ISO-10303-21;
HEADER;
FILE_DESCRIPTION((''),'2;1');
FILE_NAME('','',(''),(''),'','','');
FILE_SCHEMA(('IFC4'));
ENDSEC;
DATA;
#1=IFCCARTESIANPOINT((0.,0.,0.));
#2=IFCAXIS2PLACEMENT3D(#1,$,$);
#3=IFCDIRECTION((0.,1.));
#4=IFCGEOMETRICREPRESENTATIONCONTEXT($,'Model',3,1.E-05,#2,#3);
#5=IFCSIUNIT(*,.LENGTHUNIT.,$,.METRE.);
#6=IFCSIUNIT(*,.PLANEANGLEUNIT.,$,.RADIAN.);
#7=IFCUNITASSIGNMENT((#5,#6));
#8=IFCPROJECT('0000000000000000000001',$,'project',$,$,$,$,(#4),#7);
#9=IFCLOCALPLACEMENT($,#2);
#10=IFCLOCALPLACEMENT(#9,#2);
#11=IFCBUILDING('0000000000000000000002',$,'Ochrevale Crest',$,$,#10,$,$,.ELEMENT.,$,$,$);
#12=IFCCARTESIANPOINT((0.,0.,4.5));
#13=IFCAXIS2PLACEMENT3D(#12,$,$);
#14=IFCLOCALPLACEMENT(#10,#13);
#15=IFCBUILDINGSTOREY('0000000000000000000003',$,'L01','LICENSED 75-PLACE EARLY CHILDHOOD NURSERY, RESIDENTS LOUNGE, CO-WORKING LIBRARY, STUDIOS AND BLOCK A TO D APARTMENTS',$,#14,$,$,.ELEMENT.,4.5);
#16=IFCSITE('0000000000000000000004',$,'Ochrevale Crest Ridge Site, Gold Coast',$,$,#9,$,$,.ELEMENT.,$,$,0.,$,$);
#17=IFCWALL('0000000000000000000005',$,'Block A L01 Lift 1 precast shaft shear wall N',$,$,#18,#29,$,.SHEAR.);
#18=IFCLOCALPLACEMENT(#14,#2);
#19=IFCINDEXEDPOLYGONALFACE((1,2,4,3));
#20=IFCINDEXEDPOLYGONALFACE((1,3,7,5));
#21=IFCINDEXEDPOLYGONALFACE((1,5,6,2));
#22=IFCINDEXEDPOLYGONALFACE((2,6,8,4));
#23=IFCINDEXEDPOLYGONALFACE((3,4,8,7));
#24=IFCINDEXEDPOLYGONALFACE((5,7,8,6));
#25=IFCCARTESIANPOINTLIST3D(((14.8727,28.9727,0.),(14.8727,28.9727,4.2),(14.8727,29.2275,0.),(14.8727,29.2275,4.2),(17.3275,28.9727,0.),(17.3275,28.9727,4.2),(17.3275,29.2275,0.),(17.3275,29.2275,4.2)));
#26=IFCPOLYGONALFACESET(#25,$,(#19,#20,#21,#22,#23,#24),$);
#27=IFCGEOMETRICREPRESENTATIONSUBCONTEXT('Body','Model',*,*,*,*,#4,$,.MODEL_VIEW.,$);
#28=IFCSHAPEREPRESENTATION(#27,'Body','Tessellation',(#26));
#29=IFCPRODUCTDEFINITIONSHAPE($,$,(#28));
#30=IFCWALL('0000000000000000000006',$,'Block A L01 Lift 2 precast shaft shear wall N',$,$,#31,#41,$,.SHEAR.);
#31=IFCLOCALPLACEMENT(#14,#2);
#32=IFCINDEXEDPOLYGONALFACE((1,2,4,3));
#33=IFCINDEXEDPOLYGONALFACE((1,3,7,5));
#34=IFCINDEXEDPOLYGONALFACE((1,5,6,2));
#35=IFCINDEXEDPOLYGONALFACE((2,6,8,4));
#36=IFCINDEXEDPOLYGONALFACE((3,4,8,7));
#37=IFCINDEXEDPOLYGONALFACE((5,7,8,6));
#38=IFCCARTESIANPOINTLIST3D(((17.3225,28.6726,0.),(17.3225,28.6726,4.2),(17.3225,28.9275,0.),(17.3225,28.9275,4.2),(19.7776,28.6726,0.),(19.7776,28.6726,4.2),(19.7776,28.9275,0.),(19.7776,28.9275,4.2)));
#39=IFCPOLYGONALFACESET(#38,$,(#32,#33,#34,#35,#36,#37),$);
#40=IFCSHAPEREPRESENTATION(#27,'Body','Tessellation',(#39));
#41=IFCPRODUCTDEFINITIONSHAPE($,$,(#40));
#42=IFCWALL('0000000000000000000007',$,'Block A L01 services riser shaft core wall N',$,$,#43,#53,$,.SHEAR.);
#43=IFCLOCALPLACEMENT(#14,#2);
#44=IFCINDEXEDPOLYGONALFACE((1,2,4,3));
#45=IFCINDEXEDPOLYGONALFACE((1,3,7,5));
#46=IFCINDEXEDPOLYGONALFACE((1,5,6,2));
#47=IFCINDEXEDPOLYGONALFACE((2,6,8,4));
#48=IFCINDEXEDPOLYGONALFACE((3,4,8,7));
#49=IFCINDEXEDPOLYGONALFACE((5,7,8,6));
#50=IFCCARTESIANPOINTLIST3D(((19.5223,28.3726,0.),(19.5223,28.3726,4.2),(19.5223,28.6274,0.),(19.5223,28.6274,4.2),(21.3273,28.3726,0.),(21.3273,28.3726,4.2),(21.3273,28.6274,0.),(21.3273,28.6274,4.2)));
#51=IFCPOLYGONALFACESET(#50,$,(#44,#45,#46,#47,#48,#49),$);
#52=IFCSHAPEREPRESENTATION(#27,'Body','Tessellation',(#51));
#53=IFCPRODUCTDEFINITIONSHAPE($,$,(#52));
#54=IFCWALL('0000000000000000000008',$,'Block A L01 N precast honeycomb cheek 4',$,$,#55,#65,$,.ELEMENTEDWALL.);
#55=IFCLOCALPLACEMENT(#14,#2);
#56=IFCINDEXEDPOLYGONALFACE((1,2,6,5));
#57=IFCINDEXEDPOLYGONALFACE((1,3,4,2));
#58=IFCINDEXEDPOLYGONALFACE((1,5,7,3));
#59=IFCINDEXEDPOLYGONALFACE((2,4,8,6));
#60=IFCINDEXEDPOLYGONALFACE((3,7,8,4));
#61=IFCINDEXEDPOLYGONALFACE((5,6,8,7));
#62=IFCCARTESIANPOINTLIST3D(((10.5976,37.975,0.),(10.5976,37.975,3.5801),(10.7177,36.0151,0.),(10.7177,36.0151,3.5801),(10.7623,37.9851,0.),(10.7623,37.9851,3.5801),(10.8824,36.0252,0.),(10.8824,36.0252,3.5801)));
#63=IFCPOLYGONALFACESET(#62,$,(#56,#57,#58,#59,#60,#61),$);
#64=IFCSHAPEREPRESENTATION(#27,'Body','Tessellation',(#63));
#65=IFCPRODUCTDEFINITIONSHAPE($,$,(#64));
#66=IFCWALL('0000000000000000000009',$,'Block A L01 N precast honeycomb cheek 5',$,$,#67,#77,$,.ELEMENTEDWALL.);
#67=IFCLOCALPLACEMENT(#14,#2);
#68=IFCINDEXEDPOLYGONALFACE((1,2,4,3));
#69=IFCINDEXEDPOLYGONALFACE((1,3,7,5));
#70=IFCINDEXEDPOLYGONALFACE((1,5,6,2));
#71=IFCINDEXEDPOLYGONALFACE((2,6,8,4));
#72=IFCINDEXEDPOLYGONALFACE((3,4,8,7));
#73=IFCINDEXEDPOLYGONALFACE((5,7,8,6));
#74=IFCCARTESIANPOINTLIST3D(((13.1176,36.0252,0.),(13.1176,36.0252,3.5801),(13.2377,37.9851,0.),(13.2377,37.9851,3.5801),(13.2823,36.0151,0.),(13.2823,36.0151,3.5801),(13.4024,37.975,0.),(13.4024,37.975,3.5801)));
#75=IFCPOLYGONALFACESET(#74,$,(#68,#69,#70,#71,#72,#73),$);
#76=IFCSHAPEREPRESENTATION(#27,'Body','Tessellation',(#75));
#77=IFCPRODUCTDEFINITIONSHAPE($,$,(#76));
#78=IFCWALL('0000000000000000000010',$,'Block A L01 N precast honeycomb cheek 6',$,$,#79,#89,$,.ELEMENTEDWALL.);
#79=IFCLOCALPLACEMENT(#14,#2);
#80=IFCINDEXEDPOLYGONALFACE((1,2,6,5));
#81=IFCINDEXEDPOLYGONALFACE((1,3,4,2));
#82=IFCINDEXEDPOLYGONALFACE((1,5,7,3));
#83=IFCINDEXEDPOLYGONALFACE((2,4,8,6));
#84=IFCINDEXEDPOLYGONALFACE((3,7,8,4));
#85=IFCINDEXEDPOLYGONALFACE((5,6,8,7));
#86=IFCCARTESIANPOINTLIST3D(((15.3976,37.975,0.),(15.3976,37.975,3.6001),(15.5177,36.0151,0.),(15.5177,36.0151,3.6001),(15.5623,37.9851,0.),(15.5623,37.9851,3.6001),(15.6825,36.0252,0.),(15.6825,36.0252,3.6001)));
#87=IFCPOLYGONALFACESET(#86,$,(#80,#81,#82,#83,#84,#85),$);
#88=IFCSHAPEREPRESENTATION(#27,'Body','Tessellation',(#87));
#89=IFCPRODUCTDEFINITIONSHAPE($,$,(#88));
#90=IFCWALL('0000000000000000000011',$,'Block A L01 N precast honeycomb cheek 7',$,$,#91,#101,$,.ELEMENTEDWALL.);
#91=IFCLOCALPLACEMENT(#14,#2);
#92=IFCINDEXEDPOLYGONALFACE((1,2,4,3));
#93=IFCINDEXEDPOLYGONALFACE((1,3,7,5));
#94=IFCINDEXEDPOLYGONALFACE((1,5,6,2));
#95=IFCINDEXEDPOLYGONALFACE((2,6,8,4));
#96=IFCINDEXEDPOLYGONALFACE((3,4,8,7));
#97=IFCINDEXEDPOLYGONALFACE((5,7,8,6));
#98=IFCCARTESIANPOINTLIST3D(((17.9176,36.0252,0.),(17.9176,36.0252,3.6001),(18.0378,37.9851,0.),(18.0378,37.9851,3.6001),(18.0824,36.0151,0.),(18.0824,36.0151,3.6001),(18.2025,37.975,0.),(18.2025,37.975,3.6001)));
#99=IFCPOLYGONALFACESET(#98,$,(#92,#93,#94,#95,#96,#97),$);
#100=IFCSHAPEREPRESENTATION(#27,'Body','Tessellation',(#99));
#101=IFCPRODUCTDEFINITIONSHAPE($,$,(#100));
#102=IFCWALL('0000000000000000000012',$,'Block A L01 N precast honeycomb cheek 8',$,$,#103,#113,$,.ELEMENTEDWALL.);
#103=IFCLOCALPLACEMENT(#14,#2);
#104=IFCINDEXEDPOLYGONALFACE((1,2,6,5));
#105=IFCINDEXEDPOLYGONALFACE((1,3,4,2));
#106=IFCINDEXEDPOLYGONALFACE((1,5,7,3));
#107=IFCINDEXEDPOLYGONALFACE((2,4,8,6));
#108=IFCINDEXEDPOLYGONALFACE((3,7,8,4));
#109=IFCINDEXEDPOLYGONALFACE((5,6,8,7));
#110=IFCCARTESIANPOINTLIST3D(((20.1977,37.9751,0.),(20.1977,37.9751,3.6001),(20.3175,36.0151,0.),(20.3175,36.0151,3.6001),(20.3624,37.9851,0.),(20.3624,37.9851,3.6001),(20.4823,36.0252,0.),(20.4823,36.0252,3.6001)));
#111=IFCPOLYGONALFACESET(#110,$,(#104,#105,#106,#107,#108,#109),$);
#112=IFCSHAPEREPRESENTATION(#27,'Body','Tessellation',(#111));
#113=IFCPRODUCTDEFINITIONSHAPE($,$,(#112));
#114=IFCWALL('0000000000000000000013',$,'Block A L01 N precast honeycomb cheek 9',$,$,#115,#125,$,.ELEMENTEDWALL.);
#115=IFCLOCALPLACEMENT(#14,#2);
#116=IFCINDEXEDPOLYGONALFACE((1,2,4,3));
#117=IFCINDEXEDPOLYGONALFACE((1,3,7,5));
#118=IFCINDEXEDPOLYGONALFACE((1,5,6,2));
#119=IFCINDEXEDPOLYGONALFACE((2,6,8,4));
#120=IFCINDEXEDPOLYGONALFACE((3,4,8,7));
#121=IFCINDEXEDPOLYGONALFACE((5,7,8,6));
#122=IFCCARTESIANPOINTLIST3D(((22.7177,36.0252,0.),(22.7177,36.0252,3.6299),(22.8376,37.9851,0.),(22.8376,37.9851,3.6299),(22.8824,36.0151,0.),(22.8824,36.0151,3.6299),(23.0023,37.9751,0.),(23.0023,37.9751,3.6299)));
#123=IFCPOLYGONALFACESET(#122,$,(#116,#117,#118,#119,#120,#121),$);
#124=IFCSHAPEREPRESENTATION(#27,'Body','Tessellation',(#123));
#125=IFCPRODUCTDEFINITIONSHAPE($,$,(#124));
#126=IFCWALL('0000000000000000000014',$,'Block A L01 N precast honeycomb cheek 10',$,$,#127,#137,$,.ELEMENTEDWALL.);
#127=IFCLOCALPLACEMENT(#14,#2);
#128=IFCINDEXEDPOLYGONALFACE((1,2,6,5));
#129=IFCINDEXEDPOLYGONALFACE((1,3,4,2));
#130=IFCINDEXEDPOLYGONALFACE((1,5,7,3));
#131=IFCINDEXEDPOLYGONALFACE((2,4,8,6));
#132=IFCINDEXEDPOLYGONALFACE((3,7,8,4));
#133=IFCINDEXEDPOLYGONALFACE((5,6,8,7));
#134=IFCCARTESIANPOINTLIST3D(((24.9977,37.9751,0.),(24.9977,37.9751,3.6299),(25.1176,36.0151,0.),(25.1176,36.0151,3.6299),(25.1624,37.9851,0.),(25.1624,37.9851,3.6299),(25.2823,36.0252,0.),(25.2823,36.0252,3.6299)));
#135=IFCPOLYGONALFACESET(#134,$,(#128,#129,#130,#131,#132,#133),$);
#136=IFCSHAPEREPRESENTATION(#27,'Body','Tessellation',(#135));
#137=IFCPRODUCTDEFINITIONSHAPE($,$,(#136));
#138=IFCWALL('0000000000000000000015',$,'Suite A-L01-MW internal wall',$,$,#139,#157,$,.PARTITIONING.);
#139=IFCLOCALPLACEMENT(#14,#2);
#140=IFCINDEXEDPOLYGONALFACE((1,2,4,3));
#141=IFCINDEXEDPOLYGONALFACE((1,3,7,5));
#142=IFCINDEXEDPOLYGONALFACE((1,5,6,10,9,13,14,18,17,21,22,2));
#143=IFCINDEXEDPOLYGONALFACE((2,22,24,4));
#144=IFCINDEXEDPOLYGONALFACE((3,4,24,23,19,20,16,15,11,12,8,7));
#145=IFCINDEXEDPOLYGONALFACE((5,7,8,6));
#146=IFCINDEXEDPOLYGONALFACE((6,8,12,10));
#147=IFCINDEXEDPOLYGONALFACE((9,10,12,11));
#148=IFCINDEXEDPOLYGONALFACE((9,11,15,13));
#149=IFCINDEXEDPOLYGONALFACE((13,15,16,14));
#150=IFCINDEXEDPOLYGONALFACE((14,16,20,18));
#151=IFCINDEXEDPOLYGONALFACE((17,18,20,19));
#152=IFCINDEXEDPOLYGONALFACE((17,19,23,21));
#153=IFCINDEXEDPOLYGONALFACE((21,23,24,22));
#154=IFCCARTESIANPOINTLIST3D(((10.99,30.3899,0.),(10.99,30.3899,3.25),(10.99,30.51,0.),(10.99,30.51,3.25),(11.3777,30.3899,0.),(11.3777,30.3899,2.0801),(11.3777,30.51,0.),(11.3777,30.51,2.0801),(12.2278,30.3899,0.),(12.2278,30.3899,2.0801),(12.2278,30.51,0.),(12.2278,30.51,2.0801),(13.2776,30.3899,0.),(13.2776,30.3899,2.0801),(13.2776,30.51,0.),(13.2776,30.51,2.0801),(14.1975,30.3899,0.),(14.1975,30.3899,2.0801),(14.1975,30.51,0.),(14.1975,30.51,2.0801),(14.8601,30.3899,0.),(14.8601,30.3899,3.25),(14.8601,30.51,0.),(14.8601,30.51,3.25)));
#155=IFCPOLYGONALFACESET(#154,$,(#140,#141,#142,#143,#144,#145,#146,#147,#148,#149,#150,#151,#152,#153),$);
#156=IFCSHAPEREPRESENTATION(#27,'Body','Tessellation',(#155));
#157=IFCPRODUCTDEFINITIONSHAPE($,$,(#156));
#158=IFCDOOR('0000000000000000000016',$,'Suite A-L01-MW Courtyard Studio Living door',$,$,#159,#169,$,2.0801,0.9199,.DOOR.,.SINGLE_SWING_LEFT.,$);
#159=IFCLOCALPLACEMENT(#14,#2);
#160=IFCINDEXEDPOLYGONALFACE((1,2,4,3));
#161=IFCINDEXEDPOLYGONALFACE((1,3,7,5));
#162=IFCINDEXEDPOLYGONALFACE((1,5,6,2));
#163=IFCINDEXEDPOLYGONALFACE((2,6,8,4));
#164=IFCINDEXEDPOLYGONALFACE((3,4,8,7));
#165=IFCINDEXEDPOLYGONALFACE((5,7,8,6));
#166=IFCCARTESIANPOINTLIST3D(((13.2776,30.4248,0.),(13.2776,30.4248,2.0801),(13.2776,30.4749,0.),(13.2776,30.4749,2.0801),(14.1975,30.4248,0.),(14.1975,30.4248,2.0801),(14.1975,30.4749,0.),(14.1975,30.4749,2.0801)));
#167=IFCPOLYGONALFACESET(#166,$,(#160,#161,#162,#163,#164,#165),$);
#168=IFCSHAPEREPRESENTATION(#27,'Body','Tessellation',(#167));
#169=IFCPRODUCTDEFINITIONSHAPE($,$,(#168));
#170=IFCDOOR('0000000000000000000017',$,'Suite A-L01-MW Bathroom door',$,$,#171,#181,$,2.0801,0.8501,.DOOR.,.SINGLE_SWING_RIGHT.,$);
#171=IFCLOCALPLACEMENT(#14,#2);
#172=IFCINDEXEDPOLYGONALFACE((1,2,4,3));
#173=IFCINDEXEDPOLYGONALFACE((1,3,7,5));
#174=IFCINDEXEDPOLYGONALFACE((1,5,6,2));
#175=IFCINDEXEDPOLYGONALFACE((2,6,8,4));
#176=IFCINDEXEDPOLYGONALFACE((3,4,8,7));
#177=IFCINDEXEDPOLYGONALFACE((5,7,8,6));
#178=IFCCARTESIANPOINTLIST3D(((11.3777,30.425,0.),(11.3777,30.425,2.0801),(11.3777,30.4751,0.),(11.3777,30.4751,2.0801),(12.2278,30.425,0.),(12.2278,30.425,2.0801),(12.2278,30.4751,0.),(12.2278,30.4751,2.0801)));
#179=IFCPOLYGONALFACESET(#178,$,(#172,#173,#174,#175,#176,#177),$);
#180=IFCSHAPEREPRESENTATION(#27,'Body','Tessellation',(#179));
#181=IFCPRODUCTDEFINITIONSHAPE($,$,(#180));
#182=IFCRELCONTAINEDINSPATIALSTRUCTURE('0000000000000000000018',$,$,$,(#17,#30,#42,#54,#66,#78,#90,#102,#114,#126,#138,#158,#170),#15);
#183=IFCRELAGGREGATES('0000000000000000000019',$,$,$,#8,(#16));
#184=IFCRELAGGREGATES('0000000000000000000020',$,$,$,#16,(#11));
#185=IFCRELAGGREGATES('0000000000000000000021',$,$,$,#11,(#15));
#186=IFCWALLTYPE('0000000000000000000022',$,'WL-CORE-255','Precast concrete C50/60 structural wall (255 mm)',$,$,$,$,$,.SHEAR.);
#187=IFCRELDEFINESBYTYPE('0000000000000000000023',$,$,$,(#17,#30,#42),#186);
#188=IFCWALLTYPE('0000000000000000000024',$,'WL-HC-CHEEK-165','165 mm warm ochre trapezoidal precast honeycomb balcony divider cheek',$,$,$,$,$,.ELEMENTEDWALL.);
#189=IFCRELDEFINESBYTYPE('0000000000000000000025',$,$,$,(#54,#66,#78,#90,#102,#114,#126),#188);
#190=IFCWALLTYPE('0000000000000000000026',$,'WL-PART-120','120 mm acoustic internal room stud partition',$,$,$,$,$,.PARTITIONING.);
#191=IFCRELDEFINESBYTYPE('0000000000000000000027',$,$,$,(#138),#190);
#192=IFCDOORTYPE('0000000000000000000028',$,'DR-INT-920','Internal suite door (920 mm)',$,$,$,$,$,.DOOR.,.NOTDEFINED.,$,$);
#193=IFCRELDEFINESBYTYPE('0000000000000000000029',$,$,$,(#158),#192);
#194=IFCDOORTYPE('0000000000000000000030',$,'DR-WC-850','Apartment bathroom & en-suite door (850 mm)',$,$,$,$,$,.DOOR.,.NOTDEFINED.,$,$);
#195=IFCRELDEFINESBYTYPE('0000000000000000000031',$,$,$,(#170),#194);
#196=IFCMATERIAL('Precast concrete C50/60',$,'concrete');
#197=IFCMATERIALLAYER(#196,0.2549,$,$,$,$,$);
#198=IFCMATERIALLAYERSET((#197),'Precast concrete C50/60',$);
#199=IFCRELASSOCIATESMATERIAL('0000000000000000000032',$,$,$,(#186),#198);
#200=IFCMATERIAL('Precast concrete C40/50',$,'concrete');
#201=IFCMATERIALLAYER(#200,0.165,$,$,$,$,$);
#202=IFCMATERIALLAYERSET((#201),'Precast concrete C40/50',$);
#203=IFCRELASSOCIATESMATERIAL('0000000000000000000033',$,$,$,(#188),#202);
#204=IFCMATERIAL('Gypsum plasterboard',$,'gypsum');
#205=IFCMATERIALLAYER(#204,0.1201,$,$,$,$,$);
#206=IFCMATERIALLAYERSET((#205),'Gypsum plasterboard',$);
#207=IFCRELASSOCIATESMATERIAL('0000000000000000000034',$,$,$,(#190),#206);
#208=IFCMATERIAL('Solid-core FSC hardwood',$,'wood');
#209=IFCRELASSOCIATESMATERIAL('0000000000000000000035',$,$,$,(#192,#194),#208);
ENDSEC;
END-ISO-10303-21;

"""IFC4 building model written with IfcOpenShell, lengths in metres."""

from ifc_helpers import new_model, si_unit, direction, frame, frame_2d, origin, place, context, subcontext, project, spatial, rectangle, extrude, material, layer, layer_set, type_object, element, fill, save


model = new_model("IFC4")

# Units and contexts
model_context = context("Model", 3, precision=1e-05, world=origin(), true_north=direction((0.0, 1.0)))
body_context = subcontext(model_context, "Body", "Model", "MODEL_VIEW")
ifc_project = project(units=[si_unit("LENGTHUNIT", "METRE"), si_unit("PLANEANGLEUNIT", "RADIAN")], contexts=[model_context])

# Site, building, storey
site_placement = place(None, origin())
site = spatial("IfcSite", under=ifc_project, at=site_placement, Name="Ochrevale Crest Ridge Site, Gold Coast", CompositionType="ELEMENT", RefElevation=0.0)
building_placement = place(site_placement, origin())
building = spatial("IfcBuilding", under=site, at=building_placement, Name="Ochrevale Crest", CompositionType="ELEMENT")
storey_placement = place(building_placement, frame((0.0, 0.0, 4.5)))
storey = spatial("IfcBuildingStorey", under=building, at=storey_placement, Name="L01", Description="LICENSED 75-PLACE EARLY CHILDHOOD NURSERY, RESIDENTS LOUNGE, CO-WORKING LIBRARY, STUDIOS AND BLOCK A TO D APARTMENTS", CompositionType="ELEMENT", Elevation=4.5)

# Shared definitions
ifc_material_1 = material(Name="Precast concrete C50/60", Category="concrete")

# Shared definitions
ifc_material_2 = material(Name="Precast concrete C40/50", Category="concrete")

# Walls
ifc_layer_1 = layer(ifc_material_1, 0.2549)
ifc_layer_set_1 = layer_set([ifc_layer_1], Name="Precast concrete C50/60")
wall_type_1 = type_object("IfcWallType", Name="WL-CORE-255", Description="Precast concrete C50/60 structural wall (255 mm)", PredefinedType="SHEAR", material=ifc_layer_set_1)
wall_1_placement = place(storey_placement, frame((14.8726, 29.1001, 0.0), z_axis=(0.0, 0.0, 1.0), x_axis=(1.0, 0.0, 0.0)))
element("IfcWall", 1, at=wall_1_placement, inside=storey, type_object=wall_type_1, Name="Block A L01 Lift 1 precast shaft shear wall N", PredefinedType="SHEAR", context=body_context, shape_type="SweptSolid", body=[
    extrude(rectangle(XDim=2.4548, YDim=0.2549, at=frame_2d((1.2275, 0.0))), origin(), (0.0, 0.0, 1.0), 4.2),
])
wall_2_placement = place(storey_placement, frame((17.3225, 28.8, 0.0), z_axis=(0.0, 0.0, 1.0), x_axis=(1.0, 0.0, 0.0)))
element("IfcWall", 2, at=wall_2_placement, inside=storey, type_object=wall_type_1, Name="Block A L01 Lift 2 precast shaft shear wall N", PredefinedType="SHEAR", context=body_context, shape_type="SweptSolid", body=[
    extrude(rectangle(XDim=2.4551, YDim=0.2549, at=frame_2d((1.2275, 0.0))), origin(), (0.0, 0.0, 1.0), 4.2),
])
wall_3_placement = place(storey_placement, frame((19.5225, 28.5, 0.0), z_axis=(0.0, 0.0, 1.0), x_axis=(1.0, 0.0, 0.0)))
element("IfcWall", 3, at=wall_3_placement, inside=storey, type_object=wall_type_1, Name="Block A L01 services riser shaft core wall N", PredefinedType="SHEAR", context=body_context, shape_type="SweptSolid", body=[
    extrude(rectangle(XDim=1.8049, YDim=0.2549, at=frame_2d((0.9023, 0.0))), origin(), (0.0, 0.0, 1.0), 4.2),
])
ifc_layer_2 = layer(ifc_material_2, 0.165)
ifc_layer_set_2 = layer_set([ifc_layer_2], Name="Precast concrete C40/50")
wall_type_2 = type_object("IfcWallType", Name="WL-HC-CHEEK-165", Description="165 mm warm ochre trapezoidal precast honeycomb balcony divider cheek", PredefinedType="ELEMENTEDWALL", material=ifc_layer_set_2)
for number, where, z_axis, x_axis, name in (
    (4, (10.8, 36.02, 0.0), (0.0, 0.0, 1.0), (-0.061171, 0.998127, 0.0), "Block A L01 N precast honeycomb cheek 4"),
    (5, (13.2, 36.02, 0.0), (0.0, 0.0, 1.0), (0.061171, 0.998127, 0.0), "Block A L01 N precast honeycomb cheek 5"),
):
    element("IfcWall", number, at=place(storey_placement, frame(where, z_axis=z_axis, x_axis=x_axis)), inside=storey, type_object=wall_type_2, Name=name, PredefinedType="ELEMENTEDWALL", context=body_context, shape_type="SweptSolid", body=[
        extrude(rectangle(XDim=1.9636, YDim=0.165, at=frame_2d((0.9819, 0.0))), origin(), (0.0, 0.0, 1.0), 3.5801),
    ])
for number, where, z_axis, x_axis, name in (
    (6, (15.6001, 36.02, 0.0), (0.0, 0.0, 1.0), (-0.061171, 0.998127, 0.0), "Block A L01 N precast honeycomb cheek 6"),
    (7, (18.0, 36.02, 0.0), (0.0, 0.0, 1.0), (0.061171, 0.998127, 0.0), "Block A L01 N precast honeycomb cheek 7"),
    (8, (20.3999, 36.02, 0.0), (0.0, 0.0, 1.0), (-0.061047, 0.998135, 0.0), "Block A L01 N precast honeycomb cheek 8"),
):
    element("IfcWall", number, at=place(storey_placement, frame(where, z_axis=z_axis, x_axis=x_axis)), inside=storey, type_object=wall_type_2, Name=name, PredefinedType="ELEMENTEDWALL", context=body_context, shape_type="SweptSolid", body=[
        extrude(rectangle(XDim=1.9636, YDim=0.165, at=frame_2d((0.9819, 0.0))), origin(), (0.0, 0.0, 1.0), 3.6001),
    ])
for number, where, z_axis, x_axis, name in (
    (9, (22.8, 36.02, 0.0), (0.0, 0.0, 1.0), (0.061047, 0.998135, 0.0), "Block A L01 N precast honeycomb cheek 9"),
    (10, (25.2, 36.02, 0.0), (0.0, 0.0, 1.0), (-0.061047, 0.998135, 0.0), "Block A L01 N precast honeycomb cheek 10"),
):
    element("IfcWall", number, at=place(storey_placement, frame(where, z_axis=z_axis, x_axis=x_axis)), inside=storey, type_object=wall_type_2, Name=name, PredefinedType="ELEMENTEDWALL", context=body_context, shape_type="SweptSolid", body=[
        extrude(rectangle(XDim=1.9636, YDim=0.165, at=frame_2d((0.9819, 0.0))), origin(), (0.0, 0.0, 1.0), 3.6299),
    ])

# Wall, openings, doors
ifc_material_3 = material(Name="Gypsum plasterboard", Category="gypsum")
ifc_layer_3 = layer(ifc_material_3, 0.1201)
ifc_layer_set_3 = layer_set([ifc_layer_3], Name="Gypsum plasterboard")
wall_type_3 = type_object("IfcWallType", Name="WL-PART-120", Description="120 mm acoustic internal room stud partition", PredefinedType="PARTITIONING", material=ifc_layer_set_3)
wall_4_placement = place(storey_placement, frame((10.99, 30.45, 0.0), z_axis=(0.0, 0.0, 1.0), x_axis=(1.0, 0.0, 0.0)))
wall_4 = element("IfcWall", 11, at=wall_4_placement, inside=storey, type_object=wall_type_3, Name="Suite A-L01-MW internal wall", PredefinedType="PARTITIONING", context=body_context, shape_type="SweptSolid", body=[
    extrude(rectangle(XDim=3.8701, YDim=0.1201, at=frame_2d((1.9351, 0.0))), origin(), (0.0, 0.0, 1.0), 3.25),
])
opening_1_placement = place(wall_4_placement, frame((1.2378, 0.0, 0.0), z_axis=(0.0, 0.0, 1.0), x_axis=(-1.0, 0.0, 0.0)))
opening_1 = element("IfcOpeningElement", 12, at=opening_1_placement, cuts=wall_4, PredefinedType="OPENING", context=body_context, shape_type="SweptSolid", body=[
    extrude(rectangle(XDim=0.8501, YDim=2.0801, at=frame_2d((0.425, 1.04))), frame((0.0, 0.0701, 0.0), z_axis=(0.0, -1.0, 0.0), x_axis=(1.0, 0.0, 0.0)), (0.0, 0.0, 1.0), 0.1401),
])
opening_2_placement = place(wall_4_placement, frame((2.2876, 0.0, 0.0)))
opening_2 = element("IfcOpeningElement", 13, at=opening_2_placement, cuts=wall_4, PredefinedType="OPENING", context=body_context, shape_type="SweptSolid", body=[
    extrude(rectangle(XDim=0.9199, YDim=2.0801, at=frame_2d((0.46, 1.04))), frame((0.0, 0.0701, 0.0), z_axis=(0.0, -1.0, 0.0), x_axis=(1.0, 0.0, 0.0)), (0.0, 0.0, 1.0), 0.1401),
])
ifc_material_4 = material(Name="Solid-core FSC hardwood", Category="wood")
door_type_1 = type_object("IfcDoorType", Name="DR-INT-920", Description="Internal suite door (920 mm)", OperationType="NOTDEFINED", PredefinedType="DOOR", material=ifc_material_4)
door_1_placement = place(opening_2_placement, origin())
door_1 = element("IfcDoor", 14, at=door_1_placement, inside=storey, type_object=door_type_1, Name="Suite A-L01-MW Courtyard Studio Living door", OperationType="SINGLE_SWING_LEFT", OverallHeight=2.0801, OverallWidth=0.9199, PredefinedType="DOOR", context=body_context, shape_type="SweptSolid", body=[
    extrude(rectangle(XDim=0.9199, YDim=2.0801, at=frame_2d((0.46, 1.04))), frame((0.0, 0.0249, 0.0), z_axis=(0.0, -1.0, 0.0), x_axis=(1.0, 0.0, 0.0)), (0.0, 0.0, 1.0), 0.05),
])
fill(opening_2, door_1)
door_type_2 = type_object("IfcDoorType", Name="DR-WC-850", Description="Apartment bathroom & en-suite door (850 mm)", OperationType="NOTDEFINED", PredefinedType="DOOR", material=ifc_material_4)
door_2_placement = place(opening_1_placement, origin())
door_2 = element("IfcDoor", 15, at=door_2_placement, inside=storey, type_object=door_type_2, Name="Suite A-L01-MW Bathroom door", OperationType="SINGLE_SWING_RIGHT", OverallHeight=2.0801, OverallWidth=0.8501, PredefinedType="DOOR", context=body_context, shape_type="SweptSolid", body=[
    extrude(rectangle(XDim=0.8501, YDim=2.0801, at=frame_2d((0.425, 1.04))), frame((0.0, 0.0249, 0.0), z_axis=(0.0, -1.0, 0.0), x_axis=(1.0, 0.0, 0.0)), (0.0, 0.0, 1.0), 0.05),
])
fill(opening_1, door_2)

save(model, "model.ifc")
